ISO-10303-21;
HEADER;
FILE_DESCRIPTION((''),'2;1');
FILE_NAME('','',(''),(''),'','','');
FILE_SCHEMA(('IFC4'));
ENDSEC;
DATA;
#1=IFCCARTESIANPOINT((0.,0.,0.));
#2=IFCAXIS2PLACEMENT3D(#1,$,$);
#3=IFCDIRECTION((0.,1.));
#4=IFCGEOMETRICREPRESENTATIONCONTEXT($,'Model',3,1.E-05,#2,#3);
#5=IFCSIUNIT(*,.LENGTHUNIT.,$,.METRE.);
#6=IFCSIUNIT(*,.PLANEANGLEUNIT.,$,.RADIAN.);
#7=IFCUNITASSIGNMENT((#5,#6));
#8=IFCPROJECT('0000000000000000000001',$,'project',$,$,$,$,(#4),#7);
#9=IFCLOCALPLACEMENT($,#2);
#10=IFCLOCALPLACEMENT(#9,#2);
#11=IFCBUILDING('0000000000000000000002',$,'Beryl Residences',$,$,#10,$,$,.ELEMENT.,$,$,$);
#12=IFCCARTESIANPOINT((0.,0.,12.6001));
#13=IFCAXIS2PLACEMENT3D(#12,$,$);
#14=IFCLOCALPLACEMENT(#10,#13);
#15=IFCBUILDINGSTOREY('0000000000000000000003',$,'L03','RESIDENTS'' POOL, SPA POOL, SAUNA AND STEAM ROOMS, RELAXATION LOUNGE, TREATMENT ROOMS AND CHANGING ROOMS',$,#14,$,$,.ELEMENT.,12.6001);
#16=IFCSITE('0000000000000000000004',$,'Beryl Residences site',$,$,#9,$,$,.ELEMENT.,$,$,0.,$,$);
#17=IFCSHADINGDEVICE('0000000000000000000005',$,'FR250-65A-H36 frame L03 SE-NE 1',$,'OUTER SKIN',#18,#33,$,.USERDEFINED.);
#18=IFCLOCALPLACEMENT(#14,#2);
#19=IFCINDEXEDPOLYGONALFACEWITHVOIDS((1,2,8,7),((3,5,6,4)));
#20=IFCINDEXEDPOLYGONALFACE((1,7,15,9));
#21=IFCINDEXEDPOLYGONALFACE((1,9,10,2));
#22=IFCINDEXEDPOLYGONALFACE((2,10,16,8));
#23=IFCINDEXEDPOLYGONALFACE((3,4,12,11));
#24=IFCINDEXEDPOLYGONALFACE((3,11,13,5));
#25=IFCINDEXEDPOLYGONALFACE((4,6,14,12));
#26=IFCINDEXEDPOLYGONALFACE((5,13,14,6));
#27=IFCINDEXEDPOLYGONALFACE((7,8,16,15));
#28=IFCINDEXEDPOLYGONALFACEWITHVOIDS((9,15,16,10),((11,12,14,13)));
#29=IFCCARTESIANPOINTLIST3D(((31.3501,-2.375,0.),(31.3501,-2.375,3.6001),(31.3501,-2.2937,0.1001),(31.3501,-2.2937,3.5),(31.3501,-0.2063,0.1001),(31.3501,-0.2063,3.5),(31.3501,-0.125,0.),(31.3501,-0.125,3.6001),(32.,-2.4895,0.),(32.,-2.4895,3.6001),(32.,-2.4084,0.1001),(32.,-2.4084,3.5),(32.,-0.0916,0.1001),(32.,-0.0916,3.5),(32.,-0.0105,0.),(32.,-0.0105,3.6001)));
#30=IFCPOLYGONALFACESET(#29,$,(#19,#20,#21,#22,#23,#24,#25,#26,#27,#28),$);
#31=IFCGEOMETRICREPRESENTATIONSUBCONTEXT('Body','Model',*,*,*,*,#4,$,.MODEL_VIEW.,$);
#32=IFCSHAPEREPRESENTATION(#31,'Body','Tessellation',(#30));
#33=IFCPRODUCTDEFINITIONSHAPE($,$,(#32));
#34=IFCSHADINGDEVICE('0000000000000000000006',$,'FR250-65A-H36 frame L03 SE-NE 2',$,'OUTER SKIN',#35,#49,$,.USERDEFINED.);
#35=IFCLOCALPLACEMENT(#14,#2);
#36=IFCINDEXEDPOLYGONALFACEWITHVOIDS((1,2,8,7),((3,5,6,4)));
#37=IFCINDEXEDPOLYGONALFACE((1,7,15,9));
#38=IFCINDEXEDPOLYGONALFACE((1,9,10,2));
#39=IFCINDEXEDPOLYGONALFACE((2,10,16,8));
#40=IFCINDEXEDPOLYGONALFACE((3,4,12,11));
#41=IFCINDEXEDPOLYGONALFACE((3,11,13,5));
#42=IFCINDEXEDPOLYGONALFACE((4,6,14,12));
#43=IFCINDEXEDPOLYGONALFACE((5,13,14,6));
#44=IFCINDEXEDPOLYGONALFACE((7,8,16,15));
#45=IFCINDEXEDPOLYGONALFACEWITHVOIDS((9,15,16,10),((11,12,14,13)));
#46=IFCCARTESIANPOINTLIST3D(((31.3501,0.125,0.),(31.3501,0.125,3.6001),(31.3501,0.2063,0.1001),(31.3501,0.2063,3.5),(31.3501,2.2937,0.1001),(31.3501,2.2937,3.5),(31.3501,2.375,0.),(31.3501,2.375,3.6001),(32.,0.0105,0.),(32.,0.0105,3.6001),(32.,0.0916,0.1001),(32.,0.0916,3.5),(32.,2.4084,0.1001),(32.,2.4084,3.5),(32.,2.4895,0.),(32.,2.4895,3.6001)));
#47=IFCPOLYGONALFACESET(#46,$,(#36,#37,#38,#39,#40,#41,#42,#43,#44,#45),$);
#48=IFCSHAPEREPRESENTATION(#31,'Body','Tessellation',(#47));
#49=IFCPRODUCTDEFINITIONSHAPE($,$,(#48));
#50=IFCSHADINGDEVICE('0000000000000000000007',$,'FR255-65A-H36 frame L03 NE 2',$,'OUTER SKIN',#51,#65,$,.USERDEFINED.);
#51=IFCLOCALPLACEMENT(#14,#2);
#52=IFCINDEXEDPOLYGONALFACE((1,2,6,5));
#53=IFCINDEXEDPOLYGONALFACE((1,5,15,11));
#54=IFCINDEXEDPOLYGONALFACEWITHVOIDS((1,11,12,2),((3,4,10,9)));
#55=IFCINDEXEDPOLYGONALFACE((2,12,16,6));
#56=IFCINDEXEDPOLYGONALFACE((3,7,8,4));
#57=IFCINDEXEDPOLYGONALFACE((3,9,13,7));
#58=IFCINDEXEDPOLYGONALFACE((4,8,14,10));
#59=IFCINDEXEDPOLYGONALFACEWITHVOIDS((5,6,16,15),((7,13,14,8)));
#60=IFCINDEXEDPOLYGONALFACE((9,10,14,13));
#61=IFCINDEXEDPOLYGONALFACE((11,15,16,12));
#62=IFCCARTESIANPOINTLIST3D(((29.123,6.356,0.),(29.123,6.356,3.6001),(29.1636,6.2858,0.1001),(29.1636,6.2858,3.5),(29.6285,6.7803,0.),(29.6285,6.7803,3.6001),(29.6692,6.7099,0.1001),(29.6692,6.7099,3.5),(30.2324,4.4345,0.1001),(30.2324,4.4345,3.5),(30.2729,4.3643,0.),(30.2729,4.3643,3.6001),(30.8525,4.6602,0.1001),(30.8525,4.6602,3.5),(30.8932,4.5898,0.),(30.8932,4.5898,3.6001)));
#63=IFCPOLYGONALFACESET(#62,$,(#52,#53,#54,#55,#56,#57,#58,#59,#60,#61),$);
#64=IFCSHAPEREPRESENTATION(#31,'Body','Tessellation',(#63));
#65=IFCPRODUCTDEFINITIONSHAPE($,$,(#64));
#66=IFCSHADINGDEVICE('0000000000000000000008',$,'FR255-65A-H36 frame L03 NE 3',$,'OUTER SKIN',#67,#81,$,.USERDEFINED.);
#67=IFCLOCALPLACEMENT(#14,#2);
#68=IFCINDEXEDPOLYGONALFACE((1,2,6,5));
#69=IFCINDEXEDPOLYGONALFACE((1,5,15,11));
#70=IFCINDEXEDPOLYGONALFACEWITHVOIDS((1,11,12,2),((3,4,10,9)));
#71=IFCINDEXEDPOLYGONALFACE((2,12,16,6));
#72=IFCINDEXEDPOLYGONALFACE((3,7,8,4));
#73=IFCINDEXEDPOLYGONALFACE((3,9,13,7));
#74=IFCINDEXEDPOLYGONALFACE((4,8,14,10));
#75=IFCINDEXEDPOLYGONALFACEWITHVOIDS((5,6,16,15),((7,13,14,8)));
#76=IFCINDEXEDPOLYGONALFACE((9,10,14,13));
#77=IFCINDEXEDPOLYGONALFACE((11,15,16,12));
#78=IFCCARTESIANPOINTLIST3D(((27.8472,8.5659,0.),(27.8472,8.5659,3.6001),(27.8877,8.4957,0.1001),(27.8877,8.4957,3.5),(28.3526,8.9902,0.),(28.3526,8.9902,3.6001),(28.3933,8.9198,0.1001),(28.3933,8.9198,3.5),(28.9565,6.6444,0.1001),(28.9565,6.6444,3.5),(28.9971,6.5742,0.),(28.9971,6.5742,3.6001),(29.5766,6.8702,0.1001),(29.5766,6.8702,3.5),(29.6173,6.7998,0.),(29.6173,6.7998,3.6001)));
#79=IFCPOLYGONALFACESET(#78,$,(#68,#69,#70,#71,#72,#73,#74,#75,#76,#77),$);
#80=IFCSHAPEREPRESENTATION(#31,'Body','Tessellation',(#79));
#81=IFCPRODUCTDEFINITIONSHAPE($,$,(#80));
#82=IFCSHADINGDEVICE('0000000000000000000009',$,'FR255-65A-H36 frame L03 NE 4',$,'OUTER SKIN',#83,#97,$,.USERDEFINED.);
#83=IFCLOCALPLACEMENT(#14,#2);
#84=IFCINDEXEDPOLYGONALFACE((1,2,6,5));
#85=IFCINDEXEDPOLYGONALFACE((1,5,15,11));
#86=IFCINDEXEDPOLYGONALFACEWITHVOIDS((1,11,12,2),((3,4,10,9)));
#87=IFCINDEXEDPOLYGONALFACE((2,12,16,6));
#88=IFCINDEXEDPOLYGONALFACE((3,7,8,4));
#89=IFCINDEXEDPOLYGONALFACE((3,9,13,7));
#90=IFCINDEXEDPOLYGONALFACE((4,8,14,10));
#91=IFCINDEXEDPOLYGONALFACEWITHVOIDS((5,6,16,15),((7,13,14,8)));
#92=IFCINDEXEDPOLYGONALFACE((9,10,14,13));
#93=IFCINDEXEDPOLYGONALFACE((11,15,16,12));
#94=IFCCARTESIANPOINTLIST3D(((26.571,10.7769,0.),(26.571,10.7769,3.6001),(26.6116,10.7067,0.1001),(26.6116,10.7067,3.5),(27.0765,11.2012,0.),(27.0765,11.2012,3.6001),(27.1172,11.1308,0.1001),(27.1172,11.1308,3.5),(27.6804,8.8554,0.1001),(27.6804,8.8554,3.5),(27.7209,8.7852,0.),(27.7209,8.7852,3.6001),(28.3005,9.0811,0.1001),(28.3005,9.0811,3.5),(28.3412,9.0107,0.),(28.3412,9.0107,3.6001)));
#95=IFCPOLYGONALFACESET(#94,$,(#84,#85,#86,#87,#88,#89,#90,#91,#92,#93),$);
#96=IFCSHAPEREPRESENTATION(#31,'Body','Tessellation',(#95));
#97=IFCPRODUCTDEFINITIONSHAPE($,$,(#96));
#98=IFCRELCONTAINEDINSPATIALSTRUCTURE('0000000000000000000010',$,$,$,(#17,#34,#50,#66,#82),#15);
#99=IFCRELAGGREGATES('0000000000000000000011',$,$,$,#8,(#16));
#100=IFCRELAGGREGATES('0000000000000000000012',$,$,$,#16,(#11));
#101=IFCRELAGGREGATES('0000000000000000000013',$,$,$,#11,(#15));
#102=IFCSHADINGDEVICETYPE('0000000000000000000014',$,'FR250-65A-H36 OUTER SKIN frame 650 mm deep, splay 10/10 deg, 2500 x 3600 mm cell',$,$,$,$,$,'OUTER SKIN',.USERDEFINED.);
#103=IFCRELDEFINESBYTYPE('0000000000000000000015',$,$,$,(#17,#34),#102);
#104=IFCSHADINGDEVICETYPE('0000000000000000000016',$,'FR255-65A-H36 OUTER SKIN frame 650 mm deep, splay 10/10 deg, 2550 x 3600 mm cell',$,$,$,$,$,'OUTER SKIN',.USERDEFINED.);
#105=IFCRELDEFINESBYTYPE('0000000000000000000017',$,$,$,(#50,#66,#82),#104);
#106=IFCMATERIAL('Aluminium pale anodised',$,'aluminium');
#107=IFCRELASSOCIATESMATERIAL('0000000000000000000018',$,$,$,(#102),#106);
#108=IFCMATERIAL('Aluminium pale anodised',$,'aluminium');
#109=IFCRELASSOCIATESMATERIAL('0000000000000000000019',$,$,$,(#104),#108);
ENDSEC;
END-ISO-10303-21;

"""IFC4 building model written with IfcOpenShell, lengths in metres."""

from ifc_helpers import new_model, entity, si_unit, direction, frame, origin, place, context, subcontext, project, spatial, source, transform, mapped, material, type_object, type_shapes, element, save


model = new_model("IFC4")

# Units and contexts
model_context = context("Model", 3, precision=1e-05, world=origin(), true_north=direction((0.0, 1.0)))
body_context = subcontext(model_context, "Body", "Model", "MODEL_VIEW")
ifc_project = project(units=[si_unit("LENGTHUNIT", "METRE"), si_unit("PLANEANGLEUNIT", "RADIAN")], contexts=[model_context])

# Site, building, storey
site_placement = place(None, origin())
site = spatial("IfcSite", under=ifc_project, at=site_placement, Name="Beryl Residences site", CompositionType="ELEMENT", RefElevation=0.0)
building_placement = place(site_placement, origin())
building = spatial("IfcBuilding", under=site, at=building_placement, Name="Beryl Residences", CompositionType="ELEMENT")
storey_placement = place(building_placement, frame((0.0, 0.0, 12.6001)))
storey = spatial("IfcBuildingStorey", under=building, at=storey_placement, Name="L03", Description="RESIDENTS' POOL, SPA POOL, SAUNA AND STEAM ROOMS, RELAXATION LOUNGE, TREATMENT ROOMS AND CHANGING ROOMS", CompositionType="ELEMENT", Elevation=12.6001)

# Shading devices
ifc_material_1 = material(Name="Aluminium pale anodised", Category="aluminium")
shading_device_type_1 = type_object("IfcShadingDeviceType", Name="FR250-65A-H36 OUTER SKIN frame 650 mm deep, splay 10/10 deg, 2500 x 3600 mm cell", ElementType="OUTER SKIN", PredefinedType="USERDEFINED", material=ifc_material_1)
cartesian_point_1 = entity("IfcCartesianPoint", [-1.125, 0.0])
cartesian_point_2 = entity("IfcCartesianPoint", [-1.0437, 0.1001])
cartesian_point_3 = entity("IfcCartesianPoint", [-1.2395, 0.0])
cartesian_point_4 = entity("IfcCartesianPoint", [-1.1584, 0.1001])
shared_shape_1 = source(origin(), body_context, "Body", "SweptSolid", [
    entity("IfcExtrudedAreaSolidTapered", entity("IfcArbitraryProfileDefWithVoids", "AREA", None, entity("IfcPolyline", [cartesian_point_1, entity("IfcCartesianPoint", [1.125, 0.0]), entity("IfcCartesianPoint", [1.125, 3.6001]), entity("IfcCartesianPoint", [-1.125, 3.6001]), cartesian_point_1]), [entity("IfcPolyline", [cartesian_point_2, entity("IfcCartesianPoint", [1.0437, 0.1001]), entity("IfcCartesianPoint", [1.0437, 3.5]), entity("IfcCartesianPoint", [-1.0437, 3.5]), cartesian_point_2])]), entity("IfcAxis2Placement3D", entity("IfcCartesianPoint", [0.0, 0.0, 0.0]), entity("IfcDirection", [0.0, 1.0, 0.0]), entity("IfcDirection", [-1.0, 0.0, 0.0])), entity("IfcDirection", [0.0, 0.0, 1.0]), 0.6499, entity("IfcArbitraryProfileDefWithVoids", "AREA", None, entity("IfcPolyline", [cartesian_point_3, entity("IfcCartesianPoint", [1.2395, 0.0]), entity("IfcCartesianPoint", [1.2395, 3.6001]), entity("IfcCartesianPoint", [-1.2395, 3.6001]), cartesian_point_3]), [entity("IfcPolyline", [cartesian_point_4, entity("IfcCartesianPoint", [1.1584, 0.1001]), entity("IfcCartesianPoint", [1.1584, 3.5]), entity("IfcCartesianPoint", [-1.1584, 3.5]), cartesian_point_4])])),
])
type_shapes(shading_device_type_1, [shared_shape_1])
for number, where, z_axis, x_axis, name in (
    (1, (31.3501, -1.25, 0.0), (0.0, 0.0, 1.0), (0.0, -1.0, 0.0), "FR250-65A-H36 frame L03 SE-NE 1"),
    (2, (31.3501, 1.25, 0.0), (0.0, 0.0, 1.0), (0.0, -1.0, 0.0), "FR250-65A-H36 frame L03 SE-NE 2"),
):
    element("IfcShadingDevice", number, at=place(storey_placement, frame(where, z_axis=z_axis, x_axis=x_axis)), inside=storey, type_object=shading_device_type_1, Name=name, ObjectType="OUTER SKIN", PredefinedType="USERDEFINED", context=body_context, shape_type="MappedRepresentation", body=[
        mapped(shared_shape_1, transform((0.0, 0.0, 0.0))),
    ])
ifc_material_2 = material(Name="Aluminium pale anodised", Category="aluminium")
shading_device_type_2 = type_object("IfcShadingDeviceType", Name="FR255-65A-H36 OUTER SKIN frame 650 mm deep, splay 10/10 deg, 2550 x 3600 mm cell", ElementType="OUTER SKIN", PredefinedType="USERDEFINED", material=ifc_material_2)
cartesian_point_5 = entity("IfcCartesianPoint", [-1.1499, 0.0])
cartesian_point_6 = entity("IfcCartesianPoint", [-1.0688, 0.1001])
cartesian_point_7 = entity("IfcCartesianPoint", [-1.2646, 0.0])
cartesian_point_8 = entity("IfcCartesianPoint", [-1.1833, 0.1001])
shared_shape_2 = source(origin(), body_context, "Body", "SweptSolid", [
    entity("IfcExtrudedAreaSolidTapered", entity("IfcArbitraryProfileDefWithVoids", "AREA", None, entity("IfcPolyline", [cartesian_point_5, entity("IfcCartesianPoint", [1.1499, 0.0]), entity("IfcCartesianPoint", [1.1499, 3.6001]), entity("IfcCartesianPoint", [-1.1499, 3.6001]), cartesian_point_5]), [entity("IfcPolyline", [cartesian_point_6, entity("IfcCartesianPoint", [1.0688, 0.1001]), entity("IfcCartesianPoint", [1.0688, 3.5]), entity("IfcCartesianPoint", [-1.0688, 3.5]), cartesian_point_6])]), entity("IfcAxis2Placement3D", entity("IfcCartesianPoint", [0.0, 0.0, 0.0]), entity("IfcDirection", [0.0, 1.0, 0.0]), entity("IfcDirection", [-1.0, 0.0, 0.0])), entity("IfcDirection", [0.0, 0.0, 1.0]), 0.6499, entity("IfcArbitraryProfileDefWithVoids", "AREA", None, entity("IfcPolyline", [cartesian_point_7, entity("IfcCartesianPoint", [1.2646, 0.0]), entity("IfcCartesianPoint", [1.2646, 3.6001]), entity("IfcCartesianPoint", [-1.2646, 3.6001]), cartesian_point_7]), [entity("IfcPolyline", [cartesian_point_8, entity("IfcCartesianPoint", [1.1833, 0.1001]), entity("IfcCartesianPoint", [1.1833, 3.5]), entity("IfcCartesianPoint", [-1.1833, 3.5]), cartesian_point_8])])),
])
type_shapes(shading_device_type_2, [shared_shape_2])
for number, where, z_axis, x_axis, name in (
    (3, (29.698, 5.3601, 0.0), (0.0, 0.0, 1.0), (0.5, -0.866025, 0.0), "FR255-65A-H36 frame L03 NE 2"),
    (4, (28.4221, 7.5701, 0.0), (0.0, 0.0, 1.0), (0.5, -0.866025, 0.0), "FR255-65A-H36 frame L03 NE 3"),
    (5, (27.146, 9.781, 0.0), (0.0, 0.0, 1.0), (0.5, -0.866025, 0.0), "FR255-65A-H36 frame L03 NE 4"),
):
    element("IfcShadingDevice", number, at=place(storey_placement, frame(where, z_axis=z_axis, x_axis=x_axis)), inside=storey, type_object=shading_device_type_2, Name=name, ObjectType="OUTER SKIN", PredefinedType="USERDEFINED", context=body_context, shape_type="MappedRepresentation", body=[
        mapped(shared_shape_2, transform((0.0, 0.0, 0.0))),
    ])

save(model, "model.ifc")
